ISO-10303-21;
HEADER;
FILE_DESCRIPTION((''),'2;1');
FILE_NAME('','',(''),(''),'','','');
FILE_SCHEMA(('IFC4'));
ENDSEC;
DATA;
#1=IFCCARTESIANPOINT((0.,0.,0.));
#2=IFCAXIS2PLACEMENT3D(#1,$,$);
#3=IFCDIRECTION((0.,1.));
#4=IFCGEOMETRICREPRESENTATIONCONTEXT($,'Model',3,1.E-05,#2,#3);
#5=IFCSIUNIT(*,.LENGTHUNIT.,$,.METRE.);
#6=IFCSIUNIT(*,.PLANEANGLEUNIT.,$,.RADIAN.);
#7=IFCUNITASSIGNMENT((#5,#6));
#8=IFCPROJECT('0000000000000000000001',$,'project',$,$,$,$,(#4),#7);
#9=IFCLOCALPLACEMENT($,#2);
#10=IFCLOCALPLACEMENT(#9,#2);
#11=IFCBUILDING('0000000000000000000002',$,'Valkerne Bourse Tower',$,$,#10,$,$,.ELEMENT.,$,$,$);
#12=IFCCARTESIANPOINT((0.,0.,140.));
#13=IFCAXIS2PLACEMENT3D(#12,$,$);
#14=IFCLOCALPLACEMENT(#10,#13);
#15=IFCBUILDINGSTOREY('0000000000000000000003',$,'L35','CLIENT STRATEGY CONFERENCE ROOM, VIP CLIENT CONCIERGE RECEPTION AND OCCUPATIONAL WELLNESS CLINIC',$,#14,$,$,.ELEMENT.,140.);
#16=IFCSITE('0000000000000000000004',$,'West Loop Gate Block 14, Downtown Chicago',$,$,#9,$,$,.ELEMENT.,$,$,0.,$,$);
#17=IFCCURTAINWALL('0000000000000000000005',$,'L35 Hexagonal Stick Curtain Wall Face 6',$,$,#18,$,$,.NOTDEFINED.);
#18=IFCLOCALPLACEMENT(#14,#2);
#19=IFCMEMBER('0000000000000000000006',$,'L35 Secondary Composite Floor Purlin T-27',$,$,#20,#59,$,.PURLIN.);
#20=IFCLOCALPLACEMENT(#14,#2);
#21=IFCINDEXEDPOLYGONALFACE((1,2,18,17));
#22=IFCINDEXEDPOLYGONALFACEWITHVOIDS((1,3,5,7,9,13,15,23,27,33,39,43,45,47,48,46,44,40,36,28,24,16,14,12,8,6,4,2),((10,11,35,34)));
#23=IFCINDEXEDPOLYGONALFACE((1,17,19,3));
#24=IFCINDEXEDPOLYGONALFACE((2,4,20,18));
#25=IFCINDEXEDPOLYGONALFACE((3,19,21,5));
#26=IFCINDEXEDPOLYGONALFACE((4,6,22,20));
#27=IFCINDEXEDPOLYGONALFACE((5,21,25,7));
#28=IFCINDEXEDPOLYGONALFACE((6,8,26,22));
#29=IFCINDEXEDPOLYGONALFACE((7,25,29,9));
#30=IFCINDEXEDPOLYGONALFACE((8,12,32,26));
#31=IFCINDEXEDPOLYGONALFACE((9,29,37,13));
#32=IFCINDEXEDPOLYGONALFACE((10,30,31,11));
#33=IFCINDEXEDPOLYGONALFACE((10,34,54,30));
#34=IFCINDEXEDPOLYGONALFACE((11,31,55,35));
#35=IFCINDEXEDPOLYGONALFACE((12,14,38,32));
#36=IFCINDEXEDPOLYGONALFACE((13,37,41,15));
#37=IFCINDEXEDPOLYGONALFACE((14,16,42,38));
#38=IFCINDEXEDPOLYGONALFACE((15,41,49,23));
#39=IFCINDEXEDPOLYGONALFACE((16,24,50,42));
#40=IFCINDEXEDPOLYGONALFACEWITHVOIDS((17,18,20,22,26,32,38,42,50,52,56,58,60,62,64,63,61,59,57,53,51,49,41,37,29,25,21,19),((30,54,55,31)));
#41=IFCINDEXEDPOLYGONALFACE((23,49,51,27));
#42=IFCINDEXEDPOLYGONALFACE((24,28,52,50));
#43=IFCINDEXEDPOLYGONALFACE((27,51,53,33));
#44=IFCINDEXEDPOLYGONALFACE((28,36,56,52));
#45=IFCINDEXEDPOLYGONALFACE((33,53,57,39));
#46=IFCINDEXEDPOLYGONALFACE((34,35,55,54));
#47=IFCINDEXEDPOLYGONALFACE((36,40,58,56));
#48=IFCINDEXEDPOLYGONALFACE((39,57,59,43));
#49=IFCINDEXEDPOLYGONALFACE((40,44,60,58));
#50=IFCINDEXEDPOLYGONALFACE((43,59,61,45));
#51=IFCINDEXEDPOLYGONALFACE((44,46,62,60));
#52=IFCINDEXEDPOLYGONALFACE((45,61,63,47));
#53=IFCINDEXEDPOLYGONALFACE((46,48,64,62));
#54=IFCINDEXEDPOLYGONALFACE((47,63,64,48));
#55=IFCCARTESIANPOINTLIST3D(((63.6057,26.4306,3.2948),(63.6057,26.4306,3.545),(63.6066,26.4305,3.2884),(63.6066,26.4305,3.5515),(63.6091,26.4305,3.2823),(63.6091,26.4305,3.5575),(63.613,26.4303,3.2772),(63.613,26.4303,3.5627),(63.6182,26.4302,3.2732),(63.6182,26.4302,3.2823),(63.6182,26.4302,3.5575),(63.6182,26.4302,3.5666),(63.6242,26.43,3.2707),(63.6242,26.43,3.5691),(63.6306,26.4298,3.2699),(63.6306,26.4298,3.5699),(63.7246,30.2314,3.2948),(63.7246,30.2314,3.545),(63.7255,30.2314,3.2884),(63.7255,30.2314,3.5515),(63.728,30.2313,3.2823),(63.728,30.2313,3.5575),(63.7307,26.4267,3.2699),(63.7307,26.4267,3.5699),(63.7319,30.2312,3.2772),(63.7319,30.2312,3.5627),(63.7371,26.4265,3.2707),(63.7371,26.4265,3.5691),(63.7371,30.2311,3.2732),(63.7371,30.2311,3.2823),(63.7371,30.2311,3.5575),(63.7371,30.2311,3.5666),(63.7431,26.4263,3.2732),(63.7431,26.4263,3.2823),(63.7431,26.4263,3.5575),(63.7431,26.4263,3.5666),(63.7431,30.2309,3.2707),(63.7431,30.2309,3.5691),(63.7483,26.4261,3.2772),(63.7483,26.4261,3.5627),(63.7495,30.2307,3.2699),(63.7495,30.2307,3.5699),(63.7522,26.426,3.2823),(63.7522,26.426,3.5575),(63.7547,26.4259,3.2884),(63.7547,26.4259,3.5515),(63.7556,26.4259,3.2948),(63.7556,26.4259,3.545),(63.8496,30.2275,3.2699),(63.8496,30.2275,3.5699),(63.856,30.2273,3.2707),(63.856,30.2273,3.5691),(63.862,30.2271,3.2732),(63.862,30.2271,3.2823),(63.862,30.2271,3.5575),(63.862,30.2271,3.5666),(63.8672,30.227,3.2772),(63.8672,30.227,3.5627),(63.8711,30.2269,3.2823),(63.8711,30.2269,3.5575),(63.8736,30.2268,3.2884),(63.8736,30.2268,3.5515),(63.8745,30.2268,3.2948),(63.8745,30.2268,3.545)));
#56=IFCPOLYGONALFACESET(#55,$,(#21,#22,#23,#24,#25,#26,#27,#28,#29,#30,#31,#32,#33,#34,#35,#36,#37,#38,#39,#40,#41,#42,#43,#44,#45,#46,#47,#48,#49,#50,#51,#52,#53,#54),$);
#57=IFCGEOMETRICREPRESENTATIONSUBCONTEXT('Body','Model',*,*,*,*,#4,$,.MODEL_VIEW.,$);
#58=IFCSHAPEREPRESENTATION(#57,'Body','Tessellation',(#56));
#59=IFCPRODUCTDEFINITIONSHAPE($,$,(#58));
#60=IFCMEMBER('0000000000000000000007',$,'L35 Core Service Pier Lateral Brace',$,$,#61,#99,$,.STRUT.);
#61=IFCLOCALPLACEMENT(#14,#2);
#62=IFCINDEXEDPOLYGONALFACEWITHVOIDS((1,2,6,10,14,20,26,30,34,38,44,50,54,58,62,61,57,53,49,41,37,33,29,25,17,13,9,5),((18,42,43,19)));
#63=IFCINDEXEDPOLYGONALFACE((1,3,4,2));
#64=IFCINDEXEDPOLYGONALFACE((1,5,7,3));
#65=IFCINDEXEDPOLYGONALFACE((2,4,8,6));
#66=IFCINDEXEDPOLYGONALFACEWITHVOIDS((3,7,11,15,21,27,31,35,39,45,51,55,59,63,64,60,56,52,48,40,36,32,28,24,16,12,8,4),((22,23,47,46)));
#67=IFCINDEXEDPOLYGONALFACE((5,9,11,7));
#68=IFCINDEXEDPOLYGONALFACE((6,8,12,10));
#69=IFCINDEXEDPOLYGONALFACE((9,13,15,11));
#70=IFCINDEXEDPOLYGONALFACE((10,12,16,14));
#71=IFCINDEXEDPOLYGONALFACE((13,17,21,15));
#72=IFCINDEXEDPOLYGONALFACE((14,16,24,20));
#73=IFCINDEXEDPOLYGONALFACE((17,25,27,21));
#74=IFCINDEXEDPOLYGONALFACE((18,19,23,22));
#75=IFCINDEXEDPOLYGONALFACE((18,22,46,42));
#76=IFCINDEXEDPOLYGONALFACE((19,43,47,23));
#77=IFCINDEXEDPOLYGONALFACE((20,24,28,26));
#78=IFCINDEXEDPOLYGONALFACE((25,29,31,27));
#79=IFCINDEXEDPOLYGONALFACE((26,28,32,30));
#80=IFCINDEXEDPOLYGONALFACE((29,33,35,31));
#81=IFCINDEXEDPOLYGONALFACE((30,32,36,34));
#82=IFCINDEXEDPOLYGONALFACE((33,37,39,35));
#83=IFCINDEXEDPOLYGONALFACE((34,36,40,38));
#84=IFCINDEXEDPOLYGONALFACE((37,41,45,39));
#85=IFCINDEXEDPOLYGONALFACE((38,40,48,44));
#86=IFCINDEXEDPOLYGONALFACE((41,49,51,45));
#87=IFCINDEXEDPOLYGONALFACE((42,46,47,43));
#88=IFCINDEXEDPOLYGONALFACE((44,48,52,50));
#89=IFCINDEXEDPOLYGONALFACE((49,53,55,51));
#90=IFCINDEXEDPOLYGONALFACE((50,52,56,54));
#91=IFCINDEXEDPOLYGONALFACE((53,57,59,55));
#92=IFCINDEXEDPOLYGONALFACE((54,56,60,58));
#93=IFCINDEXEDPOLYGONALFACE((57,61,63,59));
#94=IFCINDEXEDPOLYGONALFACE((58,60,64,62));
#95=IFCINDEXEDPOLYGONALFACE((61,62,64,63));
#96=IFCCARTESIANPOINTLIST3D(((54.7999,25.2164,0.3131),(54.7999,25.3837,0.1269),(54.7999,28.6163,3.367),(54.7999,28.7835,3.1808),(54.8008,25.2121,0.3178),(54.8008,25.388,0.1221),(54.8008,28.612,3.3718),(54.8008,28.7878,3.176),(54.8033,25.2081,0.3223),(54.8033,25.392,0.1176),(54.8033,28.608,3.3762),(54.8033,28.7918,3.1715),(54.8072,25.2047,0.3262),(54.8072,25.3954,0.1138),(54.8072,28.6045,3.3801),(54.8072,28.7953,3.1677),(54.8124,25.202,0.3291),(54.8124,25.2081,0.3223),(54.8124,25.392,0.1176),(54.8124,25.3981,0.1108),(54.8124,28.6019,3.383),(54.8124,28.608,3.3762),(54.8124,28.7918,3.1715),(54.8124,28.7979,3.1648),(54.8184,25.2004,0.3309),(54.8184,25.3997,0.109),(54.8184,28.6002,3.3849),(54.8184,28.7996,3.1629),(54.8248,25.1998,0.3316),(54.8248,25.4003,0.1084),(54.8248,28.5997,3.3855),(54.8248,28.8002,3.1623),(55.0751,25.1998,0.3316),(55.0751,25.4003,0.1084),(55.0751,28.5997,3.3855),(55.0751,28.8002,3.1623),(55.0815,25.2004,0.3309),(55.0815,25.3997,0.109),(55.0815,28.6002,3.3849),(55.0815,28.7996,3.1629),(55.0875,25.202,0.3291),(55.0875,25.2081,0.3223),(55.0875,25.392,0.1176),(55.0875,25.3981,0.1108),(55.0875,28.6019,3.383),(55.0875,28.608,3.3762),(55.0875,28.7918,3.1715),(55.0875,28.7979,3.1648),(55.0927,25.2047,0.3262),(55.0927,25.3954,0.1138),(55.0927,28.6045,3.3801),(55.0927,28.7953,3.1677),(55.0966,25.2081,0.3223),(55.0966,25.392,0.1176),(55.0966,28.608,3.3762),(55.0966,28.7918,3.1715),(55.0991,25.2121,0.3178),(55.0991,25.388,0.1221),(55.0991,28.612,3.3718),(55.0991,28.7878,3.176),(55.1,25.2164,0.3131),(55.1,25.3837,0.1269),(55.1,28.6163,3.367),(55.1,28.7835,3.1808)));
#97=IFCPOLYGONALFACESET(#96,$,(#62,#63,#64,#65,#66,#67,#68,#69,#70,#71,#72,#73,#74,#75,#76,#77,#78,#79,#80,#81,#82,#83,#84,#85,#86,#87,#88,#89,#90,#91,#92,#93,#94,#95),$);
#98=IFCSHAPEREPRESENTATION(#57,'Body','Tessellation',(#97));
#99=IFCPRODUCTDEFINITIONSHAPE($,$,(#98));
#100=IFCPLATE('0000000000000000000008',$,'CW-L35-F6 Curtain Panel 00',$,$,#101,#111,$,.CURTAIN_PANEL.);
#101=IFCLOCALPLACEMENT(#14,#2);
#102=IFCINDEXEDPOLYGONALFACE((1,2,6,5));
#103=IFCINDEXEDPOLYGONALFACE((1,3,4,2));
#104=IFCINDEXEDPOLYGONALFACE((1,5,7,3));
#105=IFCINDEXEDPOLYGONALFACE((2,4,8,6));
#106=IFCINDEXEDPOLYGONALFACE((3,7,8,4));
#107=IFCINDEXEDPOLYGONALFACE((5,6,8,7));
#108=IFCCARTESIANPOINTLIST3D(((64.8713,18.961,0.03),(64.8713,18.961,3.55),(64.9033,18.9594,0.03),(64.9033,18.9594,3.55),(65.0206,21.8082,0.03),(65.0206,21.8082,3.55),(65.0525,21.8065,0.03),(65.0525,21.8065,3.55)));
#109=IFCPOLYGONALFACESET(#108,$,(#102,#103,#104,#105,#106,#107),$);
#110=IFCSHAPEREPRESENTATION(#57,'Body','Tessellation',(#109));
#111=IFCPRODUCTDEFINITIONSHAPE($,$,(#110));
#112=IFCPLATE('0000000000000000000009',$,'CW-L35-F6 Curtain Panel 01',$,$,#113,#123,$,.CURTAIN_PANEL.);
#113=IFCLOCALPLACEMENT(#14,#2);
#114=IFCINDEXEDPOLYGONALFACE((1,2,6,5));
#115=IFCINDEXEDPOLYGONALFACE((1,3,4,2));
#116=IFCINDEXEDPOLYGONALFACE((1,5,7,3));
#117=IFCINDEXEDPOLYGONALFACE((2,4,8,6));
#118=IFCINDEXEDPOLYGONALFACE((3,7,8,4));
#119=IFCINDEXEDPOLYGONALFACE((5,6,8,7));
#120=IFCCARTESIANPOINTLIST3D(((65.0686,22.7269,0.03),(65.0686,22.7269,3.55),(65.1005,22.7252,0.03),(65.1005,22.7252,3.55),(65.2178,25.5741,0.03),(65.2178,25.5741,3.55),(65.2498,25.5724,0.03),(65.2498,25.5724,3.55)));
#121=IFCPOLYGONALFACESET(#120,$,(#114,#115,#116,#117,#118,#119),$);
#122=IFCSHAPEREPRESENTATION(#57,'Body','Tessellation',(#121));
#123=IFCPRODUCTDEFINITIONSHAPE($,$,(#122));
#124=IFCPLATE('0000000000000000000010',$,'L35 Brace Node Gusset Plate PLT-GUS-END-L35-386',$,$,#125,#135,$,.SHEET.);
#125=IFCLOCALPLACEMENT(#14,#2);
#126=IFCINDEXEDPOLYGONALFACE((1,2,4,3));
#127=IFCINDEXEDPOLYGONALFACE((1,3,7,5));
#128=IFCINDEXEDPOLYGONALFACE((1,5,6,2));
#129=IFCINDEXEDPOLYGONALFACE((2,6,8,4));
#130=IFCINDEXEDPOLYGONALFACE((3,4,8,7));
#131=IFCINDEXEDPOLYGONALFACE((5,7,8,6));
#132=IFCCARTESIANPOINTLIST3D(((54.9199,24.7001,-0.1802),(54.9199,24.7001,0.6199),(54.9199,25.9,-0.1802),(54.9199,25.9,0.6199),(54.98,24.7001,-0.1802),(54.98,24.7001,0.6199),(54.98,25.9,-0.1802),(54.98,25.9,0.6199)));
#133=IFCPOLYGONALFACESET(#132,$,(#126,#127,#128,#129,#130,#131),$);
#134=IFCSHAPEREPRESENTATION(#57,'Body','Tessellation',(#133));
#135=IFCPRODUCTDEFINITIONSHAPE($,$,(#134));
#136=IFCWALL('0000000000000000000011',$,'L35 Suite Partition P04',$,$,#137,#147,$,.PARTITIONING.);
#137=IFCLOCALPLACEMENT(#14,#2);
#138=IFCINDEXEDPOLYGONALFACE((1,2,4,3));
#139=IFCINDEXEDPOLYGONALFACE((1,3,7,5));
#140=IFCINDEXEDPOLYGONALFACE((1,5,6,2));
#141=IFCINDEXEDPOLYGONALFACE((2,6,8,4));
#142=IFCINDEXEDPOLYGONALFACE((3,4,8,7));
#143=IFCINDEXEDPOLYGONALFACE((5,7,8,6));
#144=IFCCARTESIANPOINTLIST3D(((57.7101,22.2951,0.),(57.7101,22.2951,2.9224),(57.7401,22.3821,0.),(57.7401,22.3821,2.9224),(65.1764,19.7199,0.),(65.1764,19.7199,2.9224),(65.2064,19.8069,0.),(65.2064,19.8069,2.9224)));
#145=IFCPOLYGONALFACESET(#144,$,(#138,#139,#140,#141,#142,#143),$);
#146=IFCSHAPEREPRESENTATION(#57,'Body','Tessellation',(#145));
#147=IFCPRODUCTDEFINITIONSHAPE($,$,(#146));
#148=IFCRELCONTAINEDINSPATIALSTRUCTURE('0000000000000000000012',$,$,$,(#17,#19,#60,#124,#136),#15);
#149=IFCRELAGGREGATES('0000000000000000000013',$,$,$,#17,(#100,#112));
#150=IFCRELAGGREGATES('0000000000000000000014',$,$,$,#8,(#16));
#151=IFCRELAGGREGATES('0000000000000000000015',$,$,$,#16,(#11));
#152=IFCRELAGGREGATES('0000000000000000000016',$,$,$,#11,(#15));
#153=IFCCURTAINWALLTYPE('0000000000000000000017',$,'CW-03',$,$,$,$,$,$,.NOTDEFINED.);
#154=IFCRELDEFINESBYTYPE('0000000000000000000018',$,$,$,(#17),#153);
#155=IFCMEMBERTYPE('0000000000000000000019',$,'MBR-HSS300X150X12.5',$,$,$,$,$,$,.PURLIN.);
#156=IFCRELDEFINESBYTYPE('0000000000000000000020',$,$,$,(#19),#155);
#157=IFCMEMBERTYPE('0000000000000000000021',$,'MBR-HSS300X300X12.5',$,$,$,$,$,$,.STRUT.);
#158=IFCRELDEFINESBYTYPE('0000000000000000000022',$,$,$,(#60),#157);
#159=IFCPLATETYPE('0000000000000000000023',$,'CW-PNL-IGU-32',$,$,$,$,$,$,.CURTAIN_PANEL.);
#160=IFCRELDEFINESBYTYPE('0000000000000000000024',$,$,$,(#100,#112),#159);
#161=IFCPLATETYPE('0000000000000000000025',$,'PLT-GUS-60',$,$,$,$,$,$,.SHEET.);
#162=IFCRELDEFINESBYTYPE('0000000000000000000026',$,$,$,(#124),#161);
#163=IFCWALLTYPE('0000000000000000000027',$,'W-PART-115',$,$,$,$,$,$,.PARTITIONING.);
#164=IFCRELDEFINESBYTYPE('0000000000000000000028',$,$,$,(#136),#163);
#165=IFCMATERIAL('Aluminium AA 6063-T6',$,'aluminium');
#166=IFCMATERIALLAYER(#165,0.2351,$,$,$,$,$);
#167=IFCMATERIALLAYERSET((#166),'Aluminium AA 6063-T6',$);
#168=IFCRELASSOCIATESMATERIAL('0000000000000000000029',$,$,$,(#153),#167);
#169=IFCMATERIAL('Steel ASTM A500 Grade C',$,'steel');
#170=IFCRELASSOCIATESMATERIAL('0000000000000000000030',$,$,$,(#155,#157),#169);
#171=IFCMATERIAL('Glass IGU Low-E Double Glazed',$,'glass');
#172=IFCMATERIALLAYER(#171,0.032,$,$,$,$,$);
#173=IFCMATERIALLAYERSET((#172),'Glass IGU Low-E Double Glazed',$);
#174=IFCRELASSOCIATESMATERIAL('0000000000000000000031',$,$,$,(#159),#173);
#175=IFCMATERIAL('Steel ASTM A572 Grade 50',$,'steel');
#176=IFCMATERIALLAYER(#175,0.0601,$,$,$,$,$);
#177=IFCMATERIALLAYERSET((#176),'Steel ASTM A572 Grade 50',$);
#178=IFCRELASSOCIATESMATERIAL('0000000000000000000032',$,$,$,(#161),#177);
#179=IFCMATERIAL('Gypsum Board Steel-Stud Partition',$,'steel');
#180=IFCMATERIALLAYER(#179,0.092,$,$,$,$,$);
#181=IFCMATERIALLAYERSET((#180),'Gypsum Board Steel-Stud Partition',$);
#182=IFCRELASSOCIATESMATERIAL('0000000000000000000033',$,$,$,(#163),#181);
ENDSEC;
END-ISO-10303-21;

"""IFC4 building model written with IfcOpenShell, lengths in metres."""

from ifc_helpers import new_model, si_unit, direction, frame, frame_2d, origin, origin_2d, place, context, subcontext, project, spatial, rectangle, hollow_rectangle, extrude, material, layer, layer_set, material_profile, profile_set, type_object, element, aggregate, save


model = new_model("IFC4")

# Units and contexts
model_context = context("Model", 3, precision=1e-05, world=origin(), true_north=direction((0.0, 1.0)))
body_context = subcontext(model_context, "Body", "Model", "MODEL_VIEW")
ifc_project = project(units=[si_unit("LENGTHUNIT", "METRE"), si_unit("PLANEANGLEUNIT", "RADIAN")], contexts=[model_context])

# Site, building, storey
site_placement = place(None, origin())
site = spatial("IfcSite", under=ifc_project, at=site_placement, Name="West Loop Gate Block 14, Downtown Chicago", CompositionType="ELEMENT", RefElevation=0.0)
building_placement = place(site_placement, origin())
building = spatial("IfcBuilding", under=site, at=building_placement, Name="Valkerne Bourse Tower", CompositionType="ELEMENT")
storey_placement = place(building_placement, frame((0.0, 0.0, 140.0)))
storey = spatial("IfcBuildingStorey", under=building, at=storey_placement, Name="L35", Description="CLIENT STRATEGY CONFERENCE ROOM, VIP CLIENT CONCIERGE RECEPTION AND OCCUPATIONAL WELLNESS CLINIC", CompositionType="ELEMENT", Elevation=140.0)

# Curtain wall
ifc_material_1 = material(Name="Aluminium AA 6063-T6", Category="aluminium")
ifc_layer_1 = layer(ifc_material_1, 0.2351)
ifc_layer_set_1 = layer_set([ifc_layer_1], Name="Aluminium AA 6063-T6")
curtain_wall_type = type_object("IfcCurtainWallType", Name="CW-03", PredefinedType="NOTDEFINED", material=ifc_layer_set_1)
curtain_wall_placement = place(storey_placement, origin())
curtain_wall = element("IfcCurtainWall", 1, at=curtain_wall_placement, inside=storey, type_object=curtain_wall_type, Name="L35 Hexagonal Stick Curtain Wall Face 6", PredefinedType="NOTDEFINED")

# Members
ifc_material_2 = material(Name="Steel ASTM A500 Grade C", Category="steel")
ifc_material_profile_1 = material_profile(ifc_material_2, hollow_rectangle(XDim=0.1499, YDim=0.3, WallThickness=0.0125, OuterFilletRadius=0.0249, at=origin_2d()), Name="HSS300X150X12.5")
ifc_profile_set_1 = profile_set([ifc_material_profile_1], Name="Steel ASTM A500 Grade C")
member_type_1 = type_object("IfcMemberType", Name="MBR-HSS300X150X12.5", PredefinedType="PURLIN", material=ifc_profile_set_1)
for number, where, z_axis, x_axis, name in (
    (2, (63.6807, 26.4282, 3.4199), (0.031267, 0.999511, 0.0), (-0.999511, 0.031267, 0.0), "L35 Secondary Composite Floor Purlin T-27"),
):
    element("IfcMember", number, at=place(storey_placement, frame(where, z_axis=z_axis, x_axis=x_axis)), inside=storey, type_object=member_type_1, Name=name, PredefinedType="PURLIN", context=body_context, shape_type="SweptSolid", body=[
        extrude(hollow_rectangle(XDim=0.1499, YDim=0.3, WallThickness=0.0125, OuterFilletRadius=0.0249, at=origin_2d()), origin(), (0.0, 0.0, 1.0), 3.8027),
    ])
ifc_material_profile_2 = material_profile(ifc_material_2, hollow_rectangle(XDim=0.3, YDim=0.3, WallThickness=0.0125, OuterFilletRadius=0.0249, at=origin_2d()), Name="HSS300X300X12.5")
ifc_profile_set_2 = profile_set([ifc_material_profile_2], Name="Steel ASTM A500 Grade C")
member_type_2 = type_object("IfcMemberType", Name="MBR-HSS300X300X12.5", PredefinedType="STRUT", material=ifc_profile_set_2)
member_1_placement = place(storey_placement, frame((54.95, 25.3, 0.22), z_axis=(0.0, 0.743942, 0.668244), x_axis=(-1.0, 0.0, 0.0)))
element("IfcMember", 3, at=member_1_placement, inside=storey, type_object=member_type_2, Name="L35 Core Service Pier Lateral Brace", PredefinedType="STRUT", context=body_context, shape_type="SweptSolid", body=[
    extrude(hollow_rectangle(XDim=0.3, YDim=0.3, WallThickness=0.0125, OuterFilletRadius=0.0249, at=origin_2d()), origin(), (0.0, 0.0, 1.0), 4.5701),
])

# Plates
ifc_material_3 = material(Name="Glass IGU Low-E Double Glazed", Category="glass")
ifc_layer_2 = layer(ifc_material_3, 0.032)
ifc_layer_set_2 = layer_set([ifc_layer_2], Name="Glass IGU Low-E Double Glazed")
plate_type_1 = type_object("IfcPlateType", Name="CW-PNL-IGU-32", PredefinedType="CURTAIN_PANEL", material=ifc_layer_set_2)
plate_1_placement = place(storey_placement, frame((64.9619, 20.3838, 0.03), z_axis=(0.0, 0.0, 1.0), x_axis=(0.052347, 0.998629, 0.0)))
plate_1 = element("IfcPlate", 4, at=plate_1_placement, type_object=plate_type_1, Name="CW-L35-F6 Curtain Panel 00", PredefinedType="CURTAIN_PANEL", context=body_context, shape_type="SweptSolid", body=[
    extrude(rectangle(XDim=2.8511, YDim=0.032, at=origin_2d()), origin(), (0.0, 0.0, 1.0), 3.52),
])
plate_2_placement = place(storey_placement, frame((65.1592, 24.1497, 0.03), z_axis=(0.0, 0.0, 1.0), x_axis=(0.052346, 0.998629, 0.0)))
plate_2 = element("IfcPlate", 5, at=plate_2_placement, type_object=plate_type_1, Name="CW-L35-F6 Curtain Panel 01", PredefinedType="CURTAIN_PANEL", context=body_context, shape_type="SweptSolid", body=[
    extrude(rectangle(XDim=2.8511, YDim=0.032, at=origin_2d()), origin(), (0.0, 0.0, 1.0), 3.52),
])
aggregate(curtain_wall, [plate_1, plate_2])
ifc_material_4 = material(Name="Steel ASTM A572 Grade 50", Category="steel")
ifc_layer_3 = layer(ifc_material_4, 0.0601)
ifc_layer_set_3 = layer_set([ifc_layer_3], Name="Steel ASTM A572 Grade 50")
plate_type_2 = type_object("IfcPlateType", Name="PLT-GUS-60", PredefinedType="SHEET", material=ifc_layer_set_3)
plate_3_placement = place(storey_placement, frame((54.95, 25.3, -0.1802), z_axis=(0.0, 0.0, 1.0), x_axis=(0.0, 1.0, 0.0)))
element("IfcPlate", 6, at=plate_3_placement, inside=storey, type_object=plate_type_2, Name="L35 Brace Node Gusset Plate PLT-GUS-END-L35-386", PredefinedType="SHEET", context=body_context, shape_type="SweptSolid", body=[
    extrude(rectangle(XDim=1.2, YDim=0.0601, at=origin_2d()), origin(), (0.0, 0.0, 1.0), 0.8),
])

# Wall
ifc_material_5 = material(Name="Gypsum Board Steel-Stud Partition", Category="steel")
ifc_layer_4 = layer(ifc_material_5, 0.092)
ifc_layer_set_4 = layer_set([ifc_layer_4], Name="Gypsum Board Steel-Stud Partition")
wall_type = type_object("IfcWallType", Name="W-PART-115", PredefinedType="PARTITIONING", material=ifc_layer_set_4)
wall_placement = place(storey_placement, frame((57.7251, 22.3386, 0.0), z_axis=(0.0, 0.0, 1.0), x_axis=(0.945349, -0.326059, 0.0)))
element("IfcWall", 7, at=wall_placement, inside=storey, type_object=wall_type, Name="L35 Suite Partition P04", PredefinedType="PARTITIONING", context=body_context, shape_type="SweptSolid", body=[
    extrude(rectangle(XDim=7.8979, YDim=0.092, at=frame_2d((3.949, 0.0))), origin(), (0.0, 0.0, 1.0), 2.9224),
])

save(model, "model.ifc")
